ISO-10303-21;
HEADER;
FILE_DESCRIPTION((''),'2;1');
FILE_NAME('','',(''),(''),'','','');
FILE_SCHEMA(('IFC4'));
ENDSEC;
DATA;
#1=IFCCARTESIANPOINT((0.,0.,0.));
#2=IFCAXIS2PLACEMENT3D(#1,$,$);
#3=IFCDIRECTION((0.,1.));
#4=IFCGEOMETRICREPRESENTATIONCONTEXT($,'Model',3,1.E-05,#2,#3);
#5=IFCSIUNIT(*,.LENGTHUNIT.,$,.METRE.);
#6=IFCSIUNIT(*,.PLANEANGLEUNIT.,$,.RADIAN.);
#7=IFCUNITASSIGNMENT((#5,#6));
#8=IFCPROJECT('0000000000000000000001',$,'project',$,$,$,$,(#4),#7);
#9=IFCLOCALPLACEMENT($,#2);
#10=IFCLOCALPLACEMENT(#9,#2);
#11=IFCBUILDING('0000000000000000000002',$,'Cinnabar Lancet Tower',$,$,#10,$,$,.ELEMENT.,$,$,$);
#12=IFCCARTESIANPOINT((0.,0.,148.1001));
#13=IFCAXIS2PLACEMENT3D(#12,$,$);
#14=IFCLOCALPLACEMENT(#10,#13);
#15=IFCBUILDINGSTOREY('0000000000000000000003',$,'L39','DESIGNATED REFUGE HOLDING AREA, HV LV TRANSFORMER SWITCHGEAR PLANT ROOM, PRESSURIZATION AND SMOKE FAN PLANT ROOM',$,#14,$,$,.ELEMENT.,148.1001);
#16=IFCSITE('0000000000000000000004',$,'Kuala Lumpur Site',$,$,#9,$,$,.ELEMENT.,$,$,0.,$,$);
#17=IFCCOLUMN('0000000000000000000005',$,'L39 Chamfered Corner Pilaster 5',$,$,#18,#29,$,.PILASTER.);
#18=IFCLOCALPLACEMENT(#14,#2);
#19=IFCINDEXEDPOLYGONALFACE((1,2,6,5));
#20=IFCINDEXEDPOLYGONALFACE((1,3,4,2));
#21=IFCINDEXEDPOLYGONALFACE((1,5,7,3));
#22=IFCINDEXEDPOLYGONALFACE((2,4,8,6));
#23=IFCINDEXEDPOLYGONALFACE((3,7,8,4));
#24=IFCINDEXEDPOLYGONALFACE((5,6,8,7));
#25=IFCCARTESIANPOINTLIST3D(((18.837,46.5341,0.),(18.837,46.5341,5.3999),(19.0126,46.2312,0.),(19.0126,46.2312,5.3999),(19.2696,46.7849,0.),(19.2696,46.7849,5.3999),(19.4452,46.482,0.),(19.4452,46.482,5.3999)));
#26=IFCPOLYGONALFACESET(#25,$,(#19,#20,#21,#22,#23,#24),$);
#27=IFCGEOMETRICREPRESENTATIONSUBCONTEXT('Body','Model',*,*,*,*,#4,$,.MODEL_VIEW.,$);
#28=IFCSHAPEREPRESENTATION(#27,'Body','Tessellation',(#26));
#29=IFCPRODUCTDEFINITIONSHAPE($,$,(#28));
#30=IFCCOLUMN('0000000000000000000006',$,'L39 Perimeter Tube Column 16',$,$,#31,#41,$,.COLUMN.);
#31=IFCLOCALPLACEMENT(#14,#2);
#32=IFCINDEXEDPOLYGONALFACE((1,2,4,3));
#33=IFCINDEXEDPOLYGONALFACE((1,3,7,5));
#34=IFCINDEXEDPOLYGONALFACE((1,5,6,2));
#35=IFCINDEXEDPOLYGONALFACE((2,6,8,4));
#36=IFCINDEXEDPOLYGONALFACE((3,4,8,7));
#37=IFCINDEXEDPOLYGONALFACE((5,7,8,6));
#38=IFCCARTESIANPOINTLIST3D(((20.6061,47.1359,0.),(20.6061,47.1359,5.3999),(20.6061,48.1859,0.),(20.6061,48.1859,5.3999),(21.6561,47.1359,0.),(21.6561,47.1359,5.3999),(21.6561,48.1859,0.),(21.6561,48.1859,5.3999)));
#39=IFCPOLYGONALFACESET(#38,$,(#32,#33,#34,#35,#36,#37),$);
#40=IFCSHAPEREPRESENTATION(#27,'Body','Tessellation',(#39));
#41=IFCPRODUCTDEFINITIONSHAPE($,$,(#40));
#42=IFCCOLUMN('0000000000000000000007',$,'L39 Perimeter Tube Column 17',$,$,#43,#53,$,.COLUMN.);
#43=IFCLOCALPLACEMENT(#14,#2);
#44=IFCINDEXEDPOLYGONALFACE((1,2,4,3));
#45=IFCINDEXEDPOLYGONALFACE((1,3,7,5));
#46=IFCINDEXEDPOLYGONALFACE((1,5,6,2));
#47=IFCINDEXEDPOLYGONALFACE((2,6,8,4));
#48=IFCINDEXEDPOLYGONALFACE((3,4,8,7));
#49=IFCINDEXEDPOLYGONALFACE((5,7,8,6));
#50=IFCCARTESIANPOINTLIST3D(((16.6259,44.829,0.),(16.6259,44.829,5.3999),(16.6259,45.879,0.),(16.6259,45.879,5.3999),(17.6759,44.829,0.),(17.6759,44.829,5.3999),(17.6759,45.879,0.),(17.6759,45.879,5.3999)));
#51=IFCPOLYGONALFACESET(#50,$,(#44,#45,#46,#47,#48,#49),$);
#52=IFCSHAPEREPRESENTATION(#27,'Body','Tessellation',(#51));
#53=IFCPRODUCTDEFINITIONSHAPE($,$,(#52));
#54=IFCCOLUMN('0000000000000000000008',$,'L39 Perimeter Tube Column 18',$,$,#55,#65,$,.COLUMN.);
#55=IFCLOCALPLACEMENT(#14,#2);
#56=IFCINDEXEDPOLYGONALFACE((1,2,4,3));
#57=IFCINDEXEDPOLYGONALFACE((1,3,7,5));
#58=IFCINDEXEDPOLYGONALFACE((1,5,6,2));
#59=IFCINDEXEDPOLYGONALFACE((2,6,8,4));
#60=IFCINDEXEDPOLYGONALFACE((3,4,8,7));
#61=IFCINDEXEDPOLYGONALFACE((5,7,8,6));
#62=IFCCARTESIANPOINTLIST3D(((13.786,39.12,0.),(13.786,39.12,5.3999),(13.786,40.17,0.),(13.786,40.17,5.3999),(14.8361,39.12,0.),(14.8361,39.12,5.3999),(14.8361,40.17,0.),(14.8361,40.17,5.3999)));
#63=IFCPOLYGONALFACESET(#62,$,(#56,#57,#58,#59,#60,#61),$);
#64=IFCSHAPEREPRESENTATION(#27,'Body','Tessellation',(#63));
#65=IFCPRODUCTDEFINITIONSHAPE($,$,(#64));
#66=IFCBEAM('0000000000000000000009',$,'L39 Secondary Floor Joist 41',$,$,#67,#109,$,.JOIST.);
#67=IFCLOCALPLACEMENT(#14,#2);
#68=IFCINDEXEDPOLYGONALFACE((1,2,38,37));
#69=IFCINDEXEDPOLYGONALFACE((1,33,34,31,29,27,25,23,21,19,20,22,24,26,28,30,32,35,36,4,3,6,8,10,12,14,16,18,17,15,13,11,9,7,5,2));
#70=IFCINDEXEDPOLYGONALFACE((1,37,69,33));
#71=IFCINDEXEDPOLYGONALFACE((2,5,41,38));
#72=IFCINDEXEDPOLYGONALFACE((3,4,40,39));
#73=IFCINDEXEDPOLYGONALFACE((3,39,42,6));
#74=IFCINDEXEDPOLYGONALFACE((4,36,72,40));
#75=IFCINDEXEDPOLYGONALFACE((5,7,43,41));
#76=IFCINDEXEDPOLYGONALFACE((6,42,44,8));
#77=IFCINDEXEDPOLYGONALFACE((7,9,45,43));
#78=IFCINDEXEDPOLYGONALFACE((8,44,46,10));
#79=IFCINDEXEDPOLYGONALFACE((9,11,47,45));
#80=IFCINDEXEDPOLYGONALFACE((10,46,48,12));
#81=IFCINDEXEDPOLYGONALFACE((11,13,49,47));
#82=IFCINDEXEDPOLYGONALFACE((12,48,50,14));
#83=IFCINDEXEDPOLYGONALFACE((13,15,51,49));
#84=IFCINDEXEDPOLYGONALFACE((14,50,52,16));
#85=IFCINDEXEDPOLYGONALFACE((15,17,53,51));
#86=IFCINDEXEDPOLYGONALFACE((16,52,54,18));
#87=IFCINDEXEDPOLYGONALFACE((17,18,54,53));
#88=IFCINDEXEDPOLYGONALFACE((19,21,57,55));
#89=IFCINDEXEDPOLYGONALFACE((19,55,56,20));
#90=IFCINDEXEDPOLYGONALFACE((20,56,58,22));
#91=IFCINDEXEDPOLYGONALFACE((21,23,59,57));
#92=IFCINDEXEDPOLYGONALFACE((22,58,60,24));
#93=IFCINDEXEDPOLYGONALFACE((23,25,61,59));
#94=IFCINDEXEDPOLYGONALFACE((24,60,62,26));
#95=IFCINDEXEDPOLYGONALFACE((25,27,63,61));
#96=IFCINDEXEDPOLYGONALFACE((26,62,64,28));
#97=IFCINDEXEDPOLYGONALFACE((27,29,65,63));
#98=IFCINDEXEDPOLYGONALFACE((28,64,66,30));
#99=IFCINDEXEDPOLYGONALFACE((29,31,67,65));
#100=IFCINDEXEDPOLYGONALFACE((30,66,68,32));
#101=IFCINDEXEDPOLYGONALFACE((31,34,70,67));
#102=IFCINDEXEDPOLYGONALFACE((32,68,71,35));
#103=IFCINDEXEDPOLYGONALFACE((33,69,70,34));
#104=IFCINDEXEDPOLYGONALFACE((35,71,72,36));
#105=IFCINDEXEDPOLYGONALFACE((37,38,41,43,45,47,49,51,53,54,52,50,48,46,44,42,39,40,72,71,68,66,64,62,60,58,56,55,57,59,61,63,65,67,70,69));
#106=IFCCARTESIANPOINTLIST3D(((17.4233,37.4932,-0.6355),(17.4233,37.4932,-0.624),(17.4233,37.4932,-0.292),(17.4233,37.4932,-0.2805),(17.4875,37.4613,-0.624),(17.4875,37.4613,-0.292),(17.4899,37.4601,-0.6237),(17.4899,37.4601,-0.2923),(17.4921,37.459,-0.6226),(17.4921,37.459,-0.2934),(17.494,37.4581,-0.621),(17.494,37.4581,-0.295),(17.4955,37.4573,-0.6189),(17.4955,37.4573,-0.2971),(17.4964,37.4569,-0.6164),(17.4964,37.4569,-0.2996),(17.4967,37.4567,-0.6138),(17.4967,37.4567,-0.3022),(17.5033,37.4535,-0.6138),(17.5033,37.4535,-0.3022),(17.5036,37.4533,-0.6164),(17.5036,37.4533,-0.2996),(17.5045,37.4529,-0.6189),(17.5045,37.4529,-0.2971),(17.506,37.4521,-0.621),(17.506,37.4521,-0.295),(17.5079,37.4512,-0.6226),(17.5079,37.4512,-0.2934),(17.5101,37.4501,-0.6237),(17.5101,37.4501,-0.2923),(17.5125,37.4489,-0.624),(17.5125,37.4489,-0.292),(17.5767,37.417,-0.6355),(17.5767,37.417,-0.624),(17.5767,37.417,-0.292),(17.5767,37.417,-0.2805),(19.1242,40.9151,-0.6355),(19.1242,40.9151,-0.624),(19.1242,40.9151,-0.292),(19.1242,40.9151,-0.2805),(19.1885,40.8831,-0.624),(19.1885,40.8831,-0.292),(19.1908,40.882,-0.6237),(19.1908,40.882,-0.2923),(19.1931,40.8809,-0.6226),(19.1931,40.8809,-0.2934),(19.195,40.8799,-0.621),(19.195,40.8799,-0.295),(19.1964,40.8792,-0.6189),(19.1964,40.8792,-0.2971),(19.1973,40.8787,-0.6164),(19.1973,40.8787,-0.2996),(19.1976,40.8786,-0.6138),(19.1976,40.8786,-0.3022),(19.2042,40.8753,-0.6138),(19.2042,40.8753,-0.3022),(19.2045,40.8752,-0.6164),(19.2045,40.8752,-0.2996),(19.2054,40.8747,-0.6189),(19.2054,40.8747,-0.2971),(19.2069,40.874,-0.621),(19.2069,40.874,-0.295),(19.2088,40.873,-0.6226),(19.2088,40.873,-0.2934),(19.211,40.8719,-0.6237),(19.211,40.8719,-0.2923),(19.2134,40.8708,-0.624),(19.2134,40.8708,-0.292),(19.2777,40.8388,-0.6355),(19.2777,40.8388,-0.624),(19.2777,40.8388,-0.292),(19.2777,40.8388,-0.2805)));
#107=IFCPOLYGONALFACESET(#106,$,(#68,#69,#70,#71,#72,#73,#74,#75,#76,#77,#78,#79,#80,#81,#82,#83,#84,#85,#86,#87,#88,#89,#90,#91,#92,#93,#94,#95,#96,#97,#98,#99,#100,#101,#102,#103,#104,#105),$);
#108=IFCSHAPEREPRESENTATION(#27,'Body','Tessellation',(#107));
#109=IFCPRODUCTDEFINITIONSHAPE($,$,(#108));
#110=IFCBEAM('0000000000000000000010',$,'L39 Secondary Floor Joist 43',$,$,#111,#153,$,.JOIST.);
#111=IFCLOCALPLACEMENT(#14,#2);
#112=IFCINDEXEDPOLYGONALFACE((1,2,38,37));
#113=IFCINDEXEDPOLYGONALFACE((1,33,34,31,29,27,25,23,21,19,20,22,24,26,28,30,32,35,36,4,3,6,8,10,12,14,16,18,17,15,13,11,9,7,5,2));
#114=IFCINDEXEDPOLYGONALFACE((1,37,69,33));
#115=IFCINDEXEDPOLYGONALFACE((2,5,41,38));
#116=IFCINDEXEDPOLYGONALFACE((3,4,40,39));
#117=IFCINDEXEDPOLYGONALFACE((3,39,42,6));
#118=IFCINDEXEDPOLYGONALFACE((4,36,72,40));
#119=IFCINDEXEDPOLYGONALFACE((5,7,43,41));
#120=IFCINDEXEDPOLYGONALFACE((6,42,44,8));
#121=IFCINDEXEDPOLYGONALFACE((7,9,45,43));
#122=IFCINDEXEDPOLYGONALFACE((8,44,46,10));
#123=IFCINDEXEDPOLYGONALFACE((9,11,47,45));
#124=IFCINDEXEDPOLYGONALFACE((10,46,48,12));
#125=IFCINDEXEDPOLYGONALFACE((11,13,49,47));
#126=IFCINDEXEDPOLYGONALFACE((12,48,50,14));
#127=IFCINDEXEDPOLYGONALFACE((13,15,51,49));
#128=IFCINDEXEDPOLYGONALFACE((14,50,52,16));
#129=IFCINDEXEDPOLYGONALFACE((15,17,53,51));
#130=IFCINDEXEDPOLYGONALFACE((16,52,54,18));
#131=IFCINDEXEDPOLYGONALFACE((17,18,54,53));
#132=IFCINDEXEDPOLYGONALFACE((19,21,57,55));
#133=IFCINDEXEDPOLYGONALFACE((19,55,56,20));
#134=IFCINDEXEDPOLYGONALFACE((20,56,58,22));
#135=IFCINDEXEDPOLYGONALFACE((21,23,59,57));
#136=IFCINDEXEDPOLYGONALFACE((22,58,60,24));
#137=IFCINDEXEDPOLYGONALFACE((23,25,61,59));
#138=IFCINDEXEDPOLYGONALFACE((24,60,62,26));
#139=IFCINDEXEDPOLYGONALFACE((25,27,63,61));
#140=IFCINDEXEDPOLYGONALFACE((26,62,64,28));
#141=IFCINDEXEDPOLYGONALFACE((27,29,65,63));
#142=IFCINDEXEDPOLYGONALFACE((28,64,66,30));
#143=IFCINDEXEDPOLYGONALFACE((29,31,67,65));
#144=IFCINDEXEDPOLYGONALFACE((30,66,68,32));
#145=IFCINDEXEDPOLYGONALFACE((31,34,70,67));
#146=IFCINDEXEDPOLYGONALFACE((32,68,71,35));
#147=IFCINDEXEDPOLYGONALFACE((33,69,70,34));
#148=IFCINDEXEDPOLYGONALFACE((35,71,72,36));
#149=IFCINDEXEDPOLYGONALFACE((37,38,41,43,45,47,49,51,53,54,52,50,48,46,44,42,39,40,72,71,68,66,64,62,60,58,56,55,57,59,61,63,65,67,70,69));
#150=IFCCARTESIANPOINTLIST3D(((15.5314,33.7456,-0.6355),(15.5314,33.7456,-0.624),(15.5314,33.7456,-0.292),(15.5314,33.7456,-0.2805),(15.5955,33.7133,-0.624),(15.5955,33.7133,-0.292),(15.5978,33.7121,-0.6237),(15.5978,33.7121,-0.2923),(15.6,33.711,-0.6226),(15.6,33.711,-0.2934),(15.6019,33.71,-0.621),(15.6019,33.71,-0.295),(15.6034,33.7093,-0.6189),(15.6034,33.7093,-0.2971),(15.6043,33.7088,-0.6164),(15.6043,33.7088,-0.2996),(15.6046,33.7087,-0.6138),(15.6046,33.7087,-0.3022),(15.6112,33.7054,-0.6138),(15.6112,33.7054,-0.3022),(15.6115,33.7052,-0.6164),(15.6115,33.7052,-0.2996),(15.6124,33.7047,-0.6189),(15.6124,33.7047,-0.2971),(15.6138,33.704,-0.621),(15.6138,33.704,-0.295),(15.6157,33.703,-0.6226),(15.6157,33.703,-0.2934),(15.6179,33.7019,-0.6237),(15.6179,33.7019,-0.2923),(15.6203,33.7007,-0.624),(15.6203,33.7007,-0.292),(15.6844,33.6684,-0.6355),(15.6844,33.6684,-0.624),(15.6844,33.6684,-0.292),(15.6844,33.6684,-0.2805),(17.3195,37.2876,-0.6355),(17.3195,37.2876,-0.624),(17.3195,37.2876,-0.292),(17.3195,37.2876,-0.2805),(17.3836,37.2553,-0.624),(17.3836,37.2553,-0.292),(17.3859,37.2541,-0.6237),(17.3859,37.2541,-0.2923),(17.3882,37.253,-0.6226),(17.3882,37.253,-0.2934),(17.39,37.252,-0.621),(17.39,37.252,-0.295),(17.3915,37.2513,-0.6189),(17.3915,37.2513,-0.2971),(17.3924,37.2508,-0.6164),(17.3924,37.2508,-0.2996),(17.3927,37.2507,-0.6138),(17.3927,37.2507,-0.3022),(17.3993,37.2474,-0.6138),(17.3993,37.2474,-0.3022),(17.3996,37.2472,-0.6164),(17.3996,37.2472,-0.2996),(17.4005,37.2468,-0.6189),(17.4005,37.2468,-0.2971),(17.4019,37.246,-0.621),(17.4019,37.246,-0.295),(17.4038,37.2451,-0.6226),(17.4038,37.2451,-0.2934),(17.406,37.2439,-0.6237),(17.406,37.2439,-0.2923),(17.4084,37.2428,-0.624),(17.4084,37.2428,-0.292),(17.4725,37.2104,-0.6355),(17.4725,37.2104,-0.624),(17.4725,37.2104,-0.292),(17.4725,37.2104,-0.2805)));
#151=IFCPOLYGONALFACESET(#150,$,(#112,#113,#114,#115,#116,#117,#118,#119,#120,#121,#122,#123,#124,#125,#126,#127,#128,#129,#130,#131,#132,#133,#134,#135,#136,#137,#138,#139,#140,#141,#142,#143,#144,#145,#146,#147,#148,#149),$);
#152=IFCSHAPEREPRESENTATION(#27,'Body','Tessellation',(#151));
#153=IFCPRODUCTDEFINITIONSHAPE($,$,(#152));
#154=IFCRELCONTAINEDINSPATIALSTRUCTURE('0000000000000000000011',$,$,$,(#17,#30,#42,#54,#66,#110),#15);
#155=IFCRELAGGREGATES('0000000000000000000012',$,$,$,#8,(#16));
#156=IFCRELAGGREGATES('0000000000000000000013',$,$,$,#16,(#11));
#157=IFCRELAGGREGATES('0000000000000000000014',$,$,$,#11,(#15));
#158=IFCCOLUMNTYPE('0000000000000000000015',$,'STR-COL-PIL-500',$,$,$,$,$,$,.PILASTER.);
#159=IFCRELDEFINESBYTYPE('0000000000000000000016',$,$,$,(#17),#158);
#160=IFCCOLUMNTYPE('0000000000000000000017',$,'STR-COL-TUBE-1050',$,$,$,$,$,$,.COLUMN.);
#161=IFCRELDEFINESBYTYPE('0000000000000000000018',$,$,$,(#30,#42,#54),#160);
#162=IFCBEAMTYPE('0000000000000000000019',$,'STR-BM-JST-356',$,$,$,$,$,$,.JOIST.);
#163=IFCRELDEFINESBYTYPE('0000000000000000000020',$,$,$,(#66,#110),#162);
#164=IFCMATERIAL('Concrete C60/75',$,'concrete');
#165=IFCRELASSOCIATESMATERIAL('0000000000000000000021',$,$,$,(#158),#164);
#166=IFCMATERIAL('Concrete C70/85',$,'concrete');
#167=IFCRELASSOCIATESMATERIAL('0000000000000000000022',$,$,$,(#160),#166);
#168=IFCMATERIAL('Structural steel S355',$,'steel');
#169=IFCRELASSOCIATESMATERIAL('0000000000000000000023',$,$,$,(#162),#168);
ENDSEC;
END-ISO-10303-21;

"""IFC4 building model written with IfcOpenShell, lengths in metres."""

from ifc_helpers import new_model, si_unit, direction, frame, origin, origin_2d, place, context, subcontext, project, spatial, rectangle, i_section, extrude, material, material_profile, profile_set, type_object, element, save


model = new_model("IFC4")

# Units and contexts
model_context = context("Model", 3, precision=1e-05, world=origin(), true_north=direction((0.0, 1.0)))
body_context = subcontext(model_context, "Body", "Model", "MODEL_VIEW")
ifc_project = project(units=[si_unit("LENGTHUNIT", "METRE"), si_unit("PLANEANGLEUNIT", "RADIAN")], contexts=[model_context])

# Site, building, storey
site_placement = place(None, origin())
site = spatial("IfcSite", under=ifc_project, at=site_placement, Name="Kuala Lumpur Site", CompositionType="ELEMENT", RefElevation=0.0)
building_placement = place(site_placement, origin())
building = spatial("IfcBuilding", under=site, at=building_placement, Name="Cinnabar Lancet Tower", CompositionType="ELEMENT")
storey_placement = place(building_placement, frame((0.0, 0.0, 148.1001)))
storey = spatial("IfcBuildingStorey", under=building, at=storey_placement, Name="L39", Description="DESIGNATED REFUGE HOLDING AREA, HV LV TRANSFORMER SWITCHGEAR PLANT ROOM, PRESSURIZATION AND SMOKE FAN PLANT ROOM", CompositionType="ELEMENT", Elevation=148.1001)

# Columns
ifc_material_1 = material(Name="Concrete C60/75", Category="concrete")
ifc_material_profile_1 = material_profile(ifc_material_1, rectangle(XDim=0.5, YDim=0.3501, at=origin_2d()), Name="RC-PIL 500x350")
ifc_profile_set_1 = profile_set([ifc_material_profile_1], Name="Concrete C60/75")
column_type_1 = type_object("IfcColumnType", Name="STR-COL-PIL-500", PredefinedType="PILASTER", material=ifc_profile_set_1)
column_placement = place(storey_placement, frame((19.1411, 46.5081, 0.0), z_axis=(0.0, 0.0, 1.0), x_axis=(-0.86516, -0.501496, 0.0)))
element("IfcColumn", 1, at=column_placement, inside=storey, type_object=column_type_1, Name="L39 Chamfered Corner Pilaster 5", PredefinedType="PILASTER", context=body_context, shape_type="SweptSolid", body=[
    extrude(rectangle(XDim=0.5, YDim=0.3501, at=origin_2d()), origin(), (0.0, 0.0, 1.0), 5.3999),
])
ifc_material_2 = material(Name="Concrete C70/85", Category="concrete")
ifc_material_profile_2 = material_profile(ifc_material_2, rectangle(XDim=1.05, YDim=1.05, at=origin_2d()), Name="RC-COL 1050x1050")
ifc_profile_set_2 = profile_set([ifc_material_profile_2], Name="Concrete C70/85")
column_type_2 = type_object("IfcColumnType", Name="STR-COL-TUBE-1050", PredefinedType="COLUMN", material=ifc_profile_set_2)
for number, where, z_axis, x_axis, name in (
    (2, (21.1311, 47.6609, 0.0), (0.0, 0.0, 1.0), (1.0, 0.0, 0.0), "L39 Perimeter Tube Column 16"),
    (3, (17.1509, 45.354, 0.0), (0.0, 0.0, 1.0), (1.0, 0.0, 0.0), "L39 Perimeter Tube Column 17"),
    (4, (14.311, 39.645, 0.0), (0.0, 0.0, 1.0), (1.0, 0.0, 0.0), "L39 Perimeter Tube Column 18"),
):
    element("IfcColumn", number, at=place(storey_placement, frame(where, z_axis=z_axis, x_axis=x_axis)), inside=storey, type_object=column_type_2, Name=name, PredefinedType="COLUMN", context=body_context, shape_type="SweptSolid", body=[
        extrude(rectangle(XDim=1.05, YDim=1.05, at=origin_2d()), origin(), (0.0, 0.0, 1.0), 5.3999),
    ])

# Beams
ifc_material_3 = material(Name="Structural steel S355", Category="steel")
ifc_material_profile_3 = material_profile(ifc_material_3, i_section(OverallWidth=0.1714, OverallDepth=0.355, WebThickness=0.0073, FlangeThickness=0.0115, FilletRadius=0.0103, at=origin_2d()), Name="UKB 356x171x51")
ifc_profile_set_3 = profile_set([ifc_material_profile_3], Name="Structural steel S355")
beam_type_1 = type_object("IfcBeamType", Name="STR-BM-JST-356", PredefinedType="JOIST", material=ifc_profile_set_3)
beam_1_placement = place(storey_placement, frame((19.2009, 40.877, -0.458), z_axis=(-0.445117, -0.895473, 0.0), x_axis=(0.895473, -0.445117, 0.0)))
element("IfcBeam", 5, at=beam_1_placement, inside=storey, type_object=beam_type_1, Name="L39 Secondary Floor Joist 41", PredefinedType="JOIST", context=body_context, shape_type="SweptSolid", body=[
    extrude(i_section(OverallWidth=0.1714, OverallDepth=0.355, WebThickness=0.0073, FlangeThickness=0.0115, FilletRadius=0.0103, at=origin_2d()), origin(), (0.0, 0.0, 1.0), 3.8213),
])
beam_2_placement = place(storey_placement, frame((17.396, 37.249, -0.458), z_axis=(-0.450656, -0.892698, 0.0), x_axis=(0.892698, -0.450656, 0.0)))
element("IfcBeam", 6, at=beam_2_placement, inside=storey, type_object=beam_type_1, Name="L39 Secondary Floor Joist 43", PredefinedType="JOIST", context=body_context, shape_type="SweptSolid", body=[
    extrude(i_section(OverallWidth=0.1714, OverallDepth=0.355, WebThickness=0.0073, FlangeThickness=0.0115, FilletRadius=0.0103, at=origin_2d()), origin(), (0.0, 0.0, 1.0), 3.9678),
])

save(model, "model.ifc")
